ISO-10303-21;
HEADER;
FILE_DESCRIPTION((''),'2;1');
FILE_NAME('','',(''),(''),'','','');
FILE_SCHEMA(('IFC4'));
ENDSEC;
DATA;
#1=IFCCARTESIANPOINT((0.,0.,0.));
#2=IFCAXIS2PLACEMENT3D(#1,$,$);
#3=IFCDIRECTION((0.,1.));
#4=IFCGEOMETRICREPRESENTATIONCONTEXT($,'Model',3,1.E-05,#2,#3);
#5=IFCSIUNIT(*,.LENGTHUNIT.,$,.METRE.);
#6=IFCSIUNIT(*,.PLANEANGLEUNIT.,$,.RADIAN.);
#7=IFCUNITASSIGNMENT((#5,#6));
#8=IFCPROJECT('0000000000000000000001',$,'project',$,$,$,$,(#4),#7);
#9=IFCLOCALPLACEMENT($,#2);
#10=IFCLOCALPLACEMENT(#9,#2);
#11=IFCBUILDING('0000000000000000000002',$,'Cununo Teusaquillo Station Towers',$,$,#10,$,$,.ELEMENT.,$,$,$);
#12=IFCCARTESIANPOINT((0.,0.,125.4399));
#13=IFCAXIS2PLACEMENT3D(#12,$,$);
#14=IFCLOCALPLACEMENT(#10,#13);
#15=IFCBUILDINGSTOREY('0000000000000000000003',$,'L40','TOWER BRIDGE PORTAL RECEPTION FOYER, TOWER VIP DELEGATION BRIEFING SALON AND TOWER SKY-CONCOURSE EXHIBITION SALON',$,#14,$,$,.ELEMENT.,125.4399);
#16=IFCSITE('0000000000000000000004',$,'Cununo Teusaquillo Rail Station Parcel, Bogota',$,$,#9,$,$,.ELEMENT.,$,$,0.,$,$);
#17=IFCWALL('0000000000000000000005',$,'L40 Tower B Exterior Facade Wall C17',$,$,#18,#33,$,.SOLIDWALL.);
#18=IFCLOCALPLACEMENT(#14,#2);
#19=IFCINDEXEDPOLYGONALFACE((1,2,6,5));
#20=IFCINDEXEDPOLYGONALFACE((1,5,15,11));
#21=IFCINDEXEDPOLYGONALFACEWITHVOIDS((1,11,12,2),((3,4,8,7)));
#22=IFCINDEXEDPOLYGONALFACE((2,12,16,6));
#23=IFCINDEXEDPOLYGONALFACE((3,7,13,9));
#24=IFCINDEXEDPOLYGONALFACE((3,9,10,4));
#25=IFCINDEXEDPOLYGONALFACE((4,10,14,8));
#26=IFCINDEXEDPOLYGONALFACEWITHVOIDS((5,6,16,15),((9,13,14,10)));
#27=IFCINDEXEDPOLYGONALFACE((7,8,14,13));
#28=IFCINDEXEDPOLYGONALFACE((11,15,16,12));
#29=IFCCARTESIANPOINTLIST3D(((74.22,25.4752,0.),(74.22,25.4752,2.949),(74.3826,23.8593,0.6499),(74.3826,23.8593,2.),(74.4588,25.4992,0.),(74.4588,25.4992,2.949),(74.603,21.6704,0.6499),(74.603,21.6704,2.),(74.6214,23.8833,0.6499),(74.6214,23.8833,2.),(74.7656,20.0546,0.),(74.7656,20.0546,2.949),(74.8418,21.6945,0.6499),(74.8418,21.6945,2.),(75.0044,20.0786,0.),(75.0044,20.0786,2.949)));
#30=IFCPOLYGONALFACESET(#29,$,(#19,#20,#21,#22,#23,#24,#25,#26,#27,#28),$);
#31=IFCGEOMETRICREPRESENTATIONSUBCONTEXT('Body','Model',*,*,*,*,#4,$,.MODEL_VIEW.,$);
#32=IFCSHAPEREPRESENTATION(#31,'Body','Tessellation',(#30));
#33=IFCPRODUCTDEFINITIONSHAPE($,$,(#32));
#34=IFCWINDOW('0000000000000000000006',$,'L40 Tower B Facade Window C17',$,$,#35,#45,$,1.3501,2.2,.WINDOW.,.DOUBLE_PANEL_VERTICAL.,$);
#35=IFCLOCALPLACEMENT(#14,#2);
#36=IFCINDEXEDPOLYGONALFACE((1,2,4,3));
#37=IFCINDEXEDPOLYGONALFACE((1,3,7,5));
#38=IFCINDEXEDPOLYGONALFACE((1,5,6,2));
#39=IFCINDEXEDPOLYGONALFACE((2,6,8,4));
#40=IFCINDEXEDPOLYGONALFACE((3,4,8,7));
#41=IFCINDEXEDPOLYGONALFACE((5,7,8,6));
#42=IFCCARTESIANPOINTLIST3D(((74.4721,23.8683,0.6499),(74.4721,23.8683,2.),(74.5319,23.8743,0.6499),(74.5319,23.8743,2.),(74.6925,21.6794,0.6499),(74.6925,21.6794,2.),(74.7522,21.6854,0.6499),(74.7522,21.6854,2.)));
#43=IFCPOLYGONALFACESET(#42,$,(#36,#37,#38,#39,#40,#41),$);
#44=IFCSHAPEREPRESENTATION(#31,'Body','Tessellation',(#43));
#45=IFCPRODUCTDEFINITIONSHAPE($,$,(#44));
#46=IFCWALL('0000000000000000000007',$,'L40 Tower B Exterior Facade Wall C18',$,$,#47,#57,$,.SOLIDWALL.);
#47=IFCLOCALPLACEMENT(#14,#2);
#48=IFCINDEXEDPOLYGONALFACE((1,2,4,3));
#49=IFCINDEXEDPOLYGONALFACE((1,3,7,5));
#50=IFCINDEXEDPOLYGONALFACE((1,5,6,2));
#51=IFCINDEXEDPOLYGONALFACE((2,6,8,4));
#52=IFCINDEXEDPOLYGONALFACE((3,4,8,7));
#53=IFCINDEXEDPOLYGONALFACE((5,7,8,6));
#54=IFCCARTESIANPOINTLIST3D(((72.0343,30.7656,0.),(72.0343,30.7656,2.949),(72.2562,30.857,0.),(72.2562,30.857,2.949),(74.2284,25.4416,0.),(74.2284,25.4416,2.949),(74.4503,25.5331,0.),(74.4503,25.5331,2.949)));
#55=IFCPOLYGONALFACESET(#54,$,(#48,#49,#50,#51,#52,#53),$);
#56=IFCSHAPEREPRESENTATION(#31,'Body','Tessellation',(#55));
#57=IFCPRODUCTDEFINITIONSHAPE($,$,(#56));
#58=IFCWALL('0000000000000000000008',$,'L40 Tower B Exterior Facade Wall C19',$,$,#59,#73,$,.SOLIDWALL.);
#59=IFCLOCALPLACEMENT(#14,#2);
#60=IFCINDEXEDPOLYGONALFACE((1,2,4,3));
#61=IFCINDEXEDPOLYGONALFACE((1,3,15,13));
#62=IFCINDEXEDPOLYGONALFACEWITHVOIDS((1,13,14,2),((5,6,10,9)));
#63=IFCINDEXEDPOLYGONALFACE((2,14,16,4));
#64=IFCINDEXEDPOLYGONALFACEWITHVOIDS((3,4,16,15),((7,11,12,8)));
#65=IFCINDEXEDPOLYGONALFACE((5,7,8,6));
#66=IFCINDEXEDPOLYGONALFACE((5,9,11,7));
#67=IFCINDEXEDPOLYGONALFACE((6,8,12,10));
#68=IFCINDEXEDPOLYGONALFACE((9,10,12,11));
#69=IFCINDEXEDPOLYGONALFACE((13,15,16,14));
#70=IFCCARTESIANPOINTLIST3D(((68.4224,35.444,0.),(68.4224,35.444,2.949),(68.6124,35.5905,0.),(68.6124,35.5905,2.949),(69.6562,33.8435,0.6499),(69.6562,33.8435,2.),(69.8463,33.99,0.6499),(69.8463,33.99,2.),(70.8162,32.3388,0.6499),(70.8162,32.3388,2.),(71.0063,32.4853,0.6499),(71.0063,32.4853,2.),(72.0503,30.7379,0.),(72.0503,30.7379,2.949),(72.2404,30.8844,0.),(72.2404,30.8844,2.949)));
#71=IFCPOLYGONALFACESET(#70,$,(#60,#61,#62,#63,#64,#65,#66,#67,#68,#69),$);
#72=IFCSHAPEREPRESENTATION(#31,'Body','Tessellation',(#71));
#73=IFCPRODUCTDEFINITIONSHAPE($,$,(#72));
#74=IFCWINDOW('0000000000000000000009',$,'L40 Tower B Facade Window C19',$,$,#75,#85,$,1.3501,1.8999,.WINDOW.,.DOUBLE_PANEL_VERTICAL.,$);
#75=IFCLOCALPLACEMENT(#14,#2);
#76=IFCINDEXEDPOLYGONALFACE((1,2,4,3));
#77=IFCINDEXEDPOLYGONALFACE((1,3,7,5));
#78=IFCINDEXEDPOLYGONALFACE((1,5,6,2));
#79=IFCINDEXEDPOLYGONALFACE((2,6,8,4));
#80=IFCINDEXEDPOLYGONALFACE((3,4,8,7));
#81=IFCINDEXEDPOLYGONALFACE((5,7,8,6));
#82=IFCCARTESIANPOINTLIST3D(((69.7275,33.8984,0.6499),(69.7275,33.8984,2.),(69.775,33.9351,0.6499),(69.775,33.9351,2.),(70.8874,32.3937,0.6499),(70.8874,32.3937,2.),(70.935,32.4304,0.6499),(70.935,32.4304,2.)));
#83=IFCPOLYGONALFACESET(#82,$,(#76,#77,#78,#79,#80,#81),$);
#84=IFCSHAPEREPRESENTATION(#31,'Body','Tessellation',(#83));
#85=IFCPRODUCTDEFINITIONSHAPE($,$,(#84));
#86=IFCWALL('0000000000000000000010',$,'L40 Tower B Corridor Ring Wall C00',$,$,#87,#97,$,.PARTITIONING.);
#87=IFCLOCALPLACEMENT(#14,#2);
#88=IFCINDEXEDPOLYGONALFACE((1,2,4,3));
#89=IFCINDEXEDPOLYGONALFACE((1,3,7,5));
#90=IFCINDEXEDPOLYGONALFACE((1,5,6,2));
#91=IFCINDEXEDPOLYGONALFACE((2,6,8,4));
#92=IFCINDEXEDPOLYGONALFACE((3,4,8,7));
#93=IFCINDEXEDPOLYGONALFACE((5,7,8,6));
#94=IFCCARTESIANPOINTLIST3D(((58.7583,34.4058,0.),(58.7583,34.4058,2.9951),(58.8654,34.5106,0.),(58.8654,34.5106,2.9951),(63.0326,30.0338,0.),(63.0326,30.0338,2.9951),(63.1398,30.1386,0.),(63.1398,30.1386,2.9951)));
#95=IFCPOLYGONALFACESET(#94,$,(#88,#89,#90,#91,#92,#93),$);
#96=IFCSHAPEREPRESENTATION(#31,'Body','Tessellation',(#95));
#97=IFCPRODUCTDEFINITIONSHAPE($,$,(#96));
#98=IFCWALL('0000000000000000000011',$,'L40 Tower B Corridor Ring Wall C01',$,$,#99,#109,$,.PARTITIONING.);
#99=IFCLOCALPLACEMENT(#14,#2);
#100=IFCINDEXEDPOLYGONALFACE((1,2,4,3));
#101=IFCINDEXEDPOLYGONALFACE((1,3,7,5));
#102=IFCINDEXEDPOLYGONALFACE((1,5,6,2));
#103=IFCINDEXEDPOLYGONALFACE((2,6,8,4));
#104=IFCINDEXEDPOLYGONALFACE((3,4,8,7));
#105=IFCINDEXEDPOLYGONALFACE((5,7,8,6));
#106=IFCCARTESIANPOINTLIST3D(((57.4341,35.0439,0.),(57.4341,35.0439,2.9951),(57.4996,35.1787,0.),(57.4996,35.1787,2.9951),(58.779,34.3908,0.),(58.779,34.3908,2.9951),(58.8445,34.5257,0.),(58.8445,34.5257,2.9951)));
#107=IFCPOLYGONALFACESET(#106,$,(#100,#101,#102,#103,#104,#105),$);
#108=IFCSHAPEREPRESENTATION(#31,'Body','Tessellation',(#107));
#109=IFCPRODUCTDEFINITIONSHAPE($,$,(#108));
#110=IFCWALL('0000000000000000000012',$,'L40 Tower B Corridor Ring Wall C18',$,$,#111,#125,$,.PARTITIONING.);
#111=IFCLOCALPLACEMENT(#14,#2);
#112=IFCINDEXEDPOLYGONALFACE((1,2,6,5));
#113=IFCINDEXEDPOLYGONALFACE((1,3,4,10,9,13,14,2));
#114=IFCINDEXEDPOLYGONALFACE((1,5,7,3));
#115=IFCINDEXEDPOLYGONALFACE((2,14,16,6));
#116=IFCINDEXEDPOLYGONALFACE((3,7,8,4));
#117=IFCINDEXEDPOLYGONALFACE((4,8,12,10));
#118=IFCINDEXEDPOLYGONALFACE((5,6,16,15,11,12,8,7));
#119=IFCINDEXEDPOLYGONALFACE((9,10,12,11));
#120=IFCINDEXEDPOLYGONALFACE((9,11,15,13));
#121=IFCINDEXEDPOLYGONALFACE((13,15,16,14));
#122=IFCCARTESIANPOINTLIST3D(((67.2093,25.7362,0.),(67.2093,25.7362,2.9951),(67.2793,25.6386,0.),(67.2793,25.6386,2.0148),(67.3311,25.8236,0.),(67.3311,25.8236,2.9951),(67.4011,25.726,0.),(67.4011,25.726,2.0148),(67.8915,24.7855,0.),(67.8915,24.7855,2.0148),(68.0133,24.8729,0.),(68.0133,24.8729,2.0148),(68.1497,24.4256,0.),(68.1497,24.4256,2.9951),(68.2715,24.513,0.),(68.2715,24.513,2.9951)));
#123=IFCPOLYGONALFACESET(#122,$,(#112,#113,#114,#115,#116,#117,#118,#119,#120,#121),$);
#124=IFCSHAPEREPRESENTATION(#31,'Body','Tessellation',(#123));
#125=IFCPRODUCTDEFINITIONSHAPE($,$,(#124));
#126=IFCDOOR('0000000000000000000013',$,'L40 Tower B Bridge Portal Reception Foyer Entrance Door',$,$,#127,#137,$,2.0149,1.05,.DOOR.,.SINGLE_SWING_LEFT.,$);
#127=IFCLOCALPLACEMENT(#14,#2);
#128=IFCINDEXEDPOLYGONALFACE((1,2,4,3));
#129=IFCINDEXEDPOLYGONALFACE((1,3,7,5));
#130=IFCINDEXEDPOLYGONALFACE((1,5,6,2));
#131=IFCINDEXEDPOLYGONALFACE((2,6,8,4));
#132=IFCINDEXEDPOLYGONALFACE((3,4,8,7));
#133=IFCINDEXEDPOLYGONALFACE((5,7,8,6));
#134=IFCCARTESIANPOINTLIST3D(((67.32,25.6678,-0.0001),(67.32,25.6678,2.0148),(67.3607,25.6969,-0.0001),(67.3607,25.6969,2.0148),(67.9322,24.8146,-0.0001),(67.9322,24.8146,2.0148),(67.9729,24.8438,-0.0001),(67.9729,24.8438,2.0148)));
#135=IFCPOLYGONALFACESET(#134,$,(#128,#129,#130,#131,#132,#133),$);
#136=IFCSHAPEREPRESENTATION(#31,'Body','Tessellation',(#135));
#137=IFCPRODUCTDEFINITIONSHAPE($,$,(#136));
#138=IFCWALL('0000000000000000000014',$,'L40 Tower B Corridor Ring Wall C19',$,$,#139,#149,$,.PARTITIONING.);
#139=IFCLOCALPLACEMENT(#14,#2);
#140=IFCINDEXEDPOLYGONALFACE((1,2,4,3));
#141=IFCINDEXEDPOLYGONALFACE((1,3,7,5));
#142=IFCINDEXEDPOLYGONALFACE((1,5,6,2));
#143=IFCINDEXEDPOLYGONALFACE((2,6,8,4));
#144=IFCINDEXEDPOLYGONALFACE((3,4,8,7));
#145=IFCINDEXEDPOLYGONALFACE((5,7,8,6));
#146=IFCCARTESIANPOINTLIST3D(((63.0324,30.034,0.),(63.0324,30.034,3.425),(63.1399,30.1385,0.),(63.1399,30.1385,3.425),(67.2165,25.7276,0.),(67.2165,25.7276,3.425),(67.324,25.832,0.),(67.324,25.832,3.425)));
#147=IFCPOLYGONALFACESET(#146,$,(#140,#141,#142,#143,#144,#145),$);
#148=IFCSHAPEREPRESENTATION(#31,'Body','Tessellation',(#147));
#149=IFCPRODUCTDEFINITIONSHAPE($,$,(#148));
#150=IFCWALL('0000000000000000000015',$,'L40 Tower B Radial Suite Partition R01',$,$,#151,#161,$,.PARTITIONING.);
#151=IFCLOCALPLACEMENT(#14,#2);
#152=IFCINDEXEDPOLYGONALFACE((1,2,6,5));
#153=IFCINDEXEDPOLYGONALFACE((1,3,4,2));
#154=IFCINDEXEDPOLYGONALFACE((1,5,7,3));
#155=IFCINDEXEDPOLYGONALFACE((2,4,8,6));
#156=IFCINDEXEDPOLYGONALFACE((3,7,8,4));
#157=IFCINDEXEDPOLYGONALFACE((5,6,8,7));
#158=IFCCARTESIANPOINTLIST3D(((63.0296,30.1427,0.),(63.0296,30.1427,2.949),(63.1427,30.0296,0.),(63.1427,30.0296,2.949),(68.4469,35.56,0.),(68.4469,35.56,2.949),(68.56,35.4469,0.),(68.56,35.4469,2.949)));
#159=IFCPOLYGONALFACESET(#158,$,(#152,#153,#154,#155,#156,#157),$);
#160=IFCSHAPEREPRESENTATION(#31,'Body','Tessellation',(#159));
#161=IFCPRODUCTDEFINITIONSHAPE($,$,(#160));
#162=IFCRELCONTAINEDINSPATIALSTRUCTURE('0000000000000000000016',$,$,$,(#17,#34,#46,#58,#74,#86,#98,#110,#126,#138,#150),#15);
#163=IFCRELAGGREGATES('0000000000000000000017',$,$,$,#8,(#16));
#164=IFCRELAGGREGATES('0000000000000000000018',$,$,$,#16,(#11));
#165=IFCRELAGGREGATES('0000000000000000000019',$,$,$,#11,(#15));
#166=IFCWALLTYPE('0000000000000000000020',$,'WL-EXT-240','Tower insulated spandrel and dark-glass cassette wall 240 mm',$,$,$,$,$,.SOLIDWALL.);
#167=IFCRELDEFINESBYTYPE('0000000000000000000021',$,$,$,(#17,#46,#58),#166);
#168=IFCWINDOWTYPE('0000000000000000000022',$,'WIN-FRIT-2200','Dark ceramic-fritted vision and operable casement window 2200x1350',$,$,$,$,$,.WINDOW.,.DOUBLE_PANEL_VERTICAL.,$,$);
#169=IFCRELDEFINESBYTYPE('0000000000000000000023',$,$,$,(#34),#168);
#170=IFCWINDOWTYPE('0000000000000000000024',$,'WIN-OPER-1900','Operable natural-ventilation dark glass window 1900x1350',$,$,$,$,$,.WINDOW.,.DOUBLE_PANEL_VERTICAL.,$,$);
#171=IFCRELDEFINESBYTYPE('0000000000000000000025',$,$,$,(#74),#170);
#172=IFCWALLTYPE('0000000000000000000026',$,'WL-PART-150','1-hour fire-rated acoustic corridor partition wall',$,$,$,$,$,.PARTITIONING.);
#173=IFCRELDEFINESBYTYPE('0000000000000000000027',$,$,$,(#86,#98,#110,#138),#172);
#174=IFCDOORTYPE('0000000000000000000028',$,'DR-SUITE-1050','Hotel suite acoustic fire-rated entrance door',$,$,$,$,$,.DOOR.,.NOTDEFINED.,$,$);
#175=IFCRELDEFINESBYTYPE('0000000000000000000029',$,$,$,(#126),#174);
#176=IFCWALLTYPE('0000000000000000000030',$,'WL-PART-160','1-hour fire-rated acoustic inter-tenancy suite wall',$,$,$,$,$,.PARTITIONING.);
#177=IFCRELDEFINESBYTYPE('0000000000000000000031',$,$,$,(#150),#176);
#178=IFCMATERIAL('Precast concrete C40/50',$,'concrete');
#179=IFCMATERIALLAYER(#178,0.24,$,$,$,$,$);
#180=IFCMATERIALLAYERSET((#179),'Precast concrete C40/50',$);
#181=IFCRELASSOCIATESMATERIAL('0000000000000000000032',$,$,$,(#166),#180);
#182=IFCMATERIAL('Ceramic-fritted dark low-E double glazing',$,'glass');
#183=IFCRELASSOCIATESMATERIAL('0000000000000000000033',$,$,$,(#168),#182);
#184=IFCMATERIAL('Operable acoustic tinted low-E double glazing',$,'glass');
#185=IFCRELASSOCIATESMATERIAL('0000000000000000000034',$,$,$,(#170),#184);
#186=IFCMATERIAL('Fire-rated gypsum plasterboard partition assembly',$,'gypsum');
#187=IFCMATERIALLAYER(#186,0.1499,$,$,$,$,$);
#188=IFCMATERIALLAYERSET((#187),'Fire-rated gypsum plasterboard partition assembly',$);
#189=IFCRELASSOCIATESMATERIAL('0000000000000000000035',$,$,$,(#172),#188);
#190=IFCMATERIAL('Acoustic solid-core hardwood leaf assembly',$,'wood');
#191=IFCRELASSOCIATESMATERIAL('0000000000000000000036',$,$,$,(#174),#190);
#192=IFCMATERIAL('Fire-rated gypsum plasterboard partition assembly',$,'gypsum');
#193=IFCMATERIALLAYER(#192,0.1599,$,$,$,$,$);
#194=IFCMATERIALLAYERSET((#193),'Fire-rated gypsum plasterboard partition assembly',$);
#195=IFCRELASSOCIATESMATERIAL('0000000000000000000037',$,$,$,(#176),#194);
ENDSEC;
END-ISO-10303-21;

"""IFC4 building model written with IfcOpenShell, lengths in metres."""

from ifc_helpers import new_model, si_unit, direction, frame, frame_2d, origin, place, context, subcontext, project, spatial, rectangle, extrude, source, transform, mapped, material, layer, layer_set, type_object, element, fill, save


model = new_model("IFC4")

# Units and contexts
model_context = context("Model", 3, precision=1e-05, world=origin(), true_north=direction((0.0, 1.0)))
body_context = subcontext(model_context, "Body", "Model", "MODEL_VIEW")
ifc_project = project(units=[si_unit("LENGTHUNIT", "METRE"), si_unit("PLANEANGLEUNIT", "RADIAN")], contexts=[model_context])

# Site, building, storey
site_placement = place(None, origin())
site = spatial("IfcSite", under=ifc_project, at=site_placement, Name="Cununo Teusaquillo Rail Station Parcel, Bogota", CompositionType="ELEMENT", RefElevation=0.0)
building_placement = place(site_placement, origin())
building = spatial("IfcBuilding", under=site, at=building_placement, Name="Cununo Teusaquillo Station Towers", CompositionType="ELEMENT")
storey_placement = place(building_placement, frame((0.0, 0.0, 125.4399)))
storey = spatial("IfcBuildingStorey", under=building, at=storey_placement, Name="L40", Description="TOWER BRIDGE PORTAL RECEPTION FOYER, TOWER VIP DELEGATION BRIEFING SALON AND TOWER SKY-CONCOURSE EXHIBITION SALON", CompositionType="ELEMENT", Elevation=125.4399)

# Wall, opening, window
ifc_material_1 = material(Name="Precast concrete C40/50", Category="concrete")
ifc_layer_1 = layer(ifc_material_1, 0.24)
ifc_layer_set_1 = layer_set([ifc_layer_1], Name="Precast concrete C40/50")
wall_type_1 = type_object("IfcWallType", Name="WL-EXT-240", Description="Tower insulated spandrel and dark-glass cassette wall 240 mm", PredefinedType="SOLIDWALL", material=ifc_layer_set_1)
wall_1_placement = place(storey_placement, frame((74.3394, 25.4873, 0.0), z_axis=(0.0, 0.0, 1.0), x_axis=(0.100156, -0.994972, 0.0)))
wall_1 = element("IfcWall", 1, at=wall_1_placement, inside=storey, type_object=wall_type_1, Name="L40 Tower B Exterior Facade Wall C17", PredefinedType="SOLIDWALL", context=body_context, shape_type="SweptSolid", body=[
    extrude(rectangle(XDim=5.448, YDim=0.24, at=frame_2d((2.7241, 0.0))), origin(), (0.0, 0.0, 1.0), 2.949),
])
shared_shape_1 = source(origin(), body_context, "Body", "SweptSolid", [
    extrude(rectangle(XDim=2.2, YDim=1.3501, at=frame_2d((1.1001, 0.675))), frame((0.0, 0.1299, 0.0), z_axis=(0.0, -1.0, 0.0), x_axis=(1.0, 0.0, 0.0)), (0.0, 0.0, 1.0), 0.26),
])
opening_1_placement = place(wall_1_placement, frame((1.624, 0.0, 0.6499)))
opening_1 = element("IfcOpeningElement", 2, at=opening_1_placement, cuts=wall_1, PredefinedType="OPENING", context=body_context, shape_type="MappedRepresentation", body=[
    mapped(shared_shape_1, transform((0.0, 0.0, 0.0), x_axis=(1.0, 0.0, 0.0), y_axis=(0.0, 1.0, 0.0), z_axis=(0.0, 0.0, 1.0), scale=1.0)),
])
ifc_material_2 = material(Name="Ceramic-fritted dark low-E double glazing", Category="glass")
window_type_1 = type_object("IfcWindowType", Name="WIN-FRIT-2200", Description="Dark ceramic-fritted vision and operable casement window 2200x1350", PartitioningType="DOUBLE_PANEL_VERTICAL", PredefinedType="WINDOW", material=ifc_material_2)
shared_shape_2 = source(origin(), body_context, "Body", "SweptSolid", [
    extrude(rectangle(XDim=2.2, YDim=1.3501, at=frame_2d((1.1001, 0.675))), frame((0.0, 0.03, 0.0), z_axis=(0.0, -1.0, 0.0), x_axis=(1.0, 0.0, 0.0)), (0.0, 0.0, 1.0), 0.0601),
])
window_1_placement = place(opening_1_placement, origin())
window_1 = element("IfcWindow", 3, at=window_1_placement, inside=storey, type_object=window_type_1, Name="L40 Tower B Facade Window C17", OverallHeight=1.3501, OverallWidth=2.2, PartitioningType="DOUBLE_PANEL_VERTICAL", PredefinedType="WINDOW", context=body_context, shape_type="MappedRepresentation", body=[
    mapped(shared_shape_2, transform((0.0, 0.0, 0.0), x_axis=(1.0, 0.0, 0.0), y_axis=(0.0, 1.0, 0.0), z_axis=(0.0, 0.0, 1.0), scale=1.0)),
])
fill(opening_1, window_1)

# Wall
wall_2_placement = place(storey_placement, frame((72.1453, 30.8113, 0.0), z_axis=(0.0, 0.0, 1.0), x_axis=(0.381027, -0.924564, 0.0)))
element("IfcWall", 4, at=wall_2_placement, inside=storey, type_object=wall_type_1, Name="L40 Tower B Exterior Facade Wall C18", PredefinedType="SOLIDWALL", context=body_context, shape_type="SweptSolid", body=[
    extrude(rectangle(XDim=5.7583, YDim=0.24, at=frame_2d((2.8792, 0.0))), origin(), (0.0, 0.0, 1.0), 2.949),
])

# Wall, opening, window
wall_3_placement = place(storey_placement, frame((68.5173, 35.5173, 0.0), z_axis=(0.0, 0.0, 1.0), x_axis=(0.610544, -0.791982, 0.0)))
wall_3 = element("IfcWall", 5, at=wall_3_placement, inside=storey, type_object=wall_type_1, Name="L40 Tower B Exterior Facade Wall C19", PredefinedType="SOLIDWALL", context=body_context, shape_type="SweptSolid", body=[
    extrude(rectangle(XDim=5.9421, YDim=0.24, at=frame_2d((2.9712, 0.0))), origin(), (0.0, 0.0, 1.0), 2.949),
])
shared_shape_3 = source(origin(), body_context, "Body", "SweptSolid", [
    extrude(rectangle(XDim=1.8999, YDim=1.3501, at=frame_2d((0.95, 0.675))), frame((0.0, 0.1299, 0.0), z_axis=(0.0, -1.0, 0.0), x_axis=(1.0, 0.0, 0.0)), (0.0, 0.0, 1.0), 0.26),
])
opening_2_placement = place(wall_3_placement, frame((2.021, 0.0, 0.6499)))
opening_2 = element("IfcOpeningElement", 6, at=opening_2_placement, cuts=wall_3, PredefinedType="OPENING", context=body_context, shape_type="MappedRepresentation", body=[
    mapped(shared_shape_3, transform((0.0, 0.0, 0.0), x_axis=(1.0, 0.0, 0.0), y_axis=(0.0, 1.0, 0.0), z_axis=(0.0, 0.0, 1.0), scale=1.0)),
])
ifc_material_3 = material(Name="Operable acoustic tinted low-E double glazing", Category="glass")
window_type_2 = type_object("IfcWindowType", Name="WIN-OPER-1900", Description="Operable natural-ventilation dark glass window 1900x1350", PartitioningType="DOUBLE_PANEL_VERTICAL", PredefinedType="WINDOW", material=ifc_material_3)
shared_shape_4 = source(origin(), body_context, "Body", "SweptSolid", [
    extrude(rectangle(XDim=1.8999, YDim=1.3501, at=frame_2d((0.95, 0.675))), frame((0.0, 0.03, 0.0), z_axis=(0.0, -1.0, 0.0), x_axis=(1.0, 0.0, 0.0)), (0.0, 0.0, 1.0), 0.0601),
])
window_2_placement = place(opening_2_placement, origin())
window_2 = element("IfcWindow", 7, at=window_2_placement, inside=storey, type_object=window_type_2, Name="L40 Tower B Facade Window C19", OverallHeight=1.3501, OverallWidth=1.8999, PartitioningType="DOUBLE_PANEL_VERTICAL", PredefinedType="WINDOW", context=body_context, shape_type="MappedRepresentation", body=[
    mapped(shared_shape_4, transform((0.0, 0.0, 0.0), x_axis=(1.0, 0.0, 0.0), y_axis=(0.0, 1.0, 0.0), z_axis=(0.0, 0.0, 1.0), scale=1.0)),
])
fill(opening_2, window_2)

# Walls
ifc_material_4 = material(Name="Fire-rated gypsum plasterboard partition assembly", Category="gypsum")
ifc_layer_2 = layer(ifc_material_4, 0.1499)
ifc_layer_set_2 = layer_set([ifc_layer_2], Name="Fire-rated gypsum plasterboard partition assembly")
wall_type_2 = type_object("IfcWallType", Name="WL-PART-150", Description="1-hour fire-rated acoustic corridor partition wall", PredefinedType="PARTITIONING", material=ifc_layer_set_2)
wall_4_placement = place(storey_placement, frame((63.0862, 30.0862, 0.0), z_axis=(0.0, 0.0, 1.0), x_axis=(-0.699076, 0.715047, 0.0)))
element("IfcWall", 8, at=wall_4_placement, inside=storey, type_object=wall_type_2, Name="L40 Tower B Corridor Ring Wall C00", PredefinedType="PARTITIONING", context=body_context, shape_type="SweptSolid", body=[
    extrude(rectangle(XDim=6.1143, YDim=0.1499, at=frame_2d((3.0571, 0.0))), origin(), (0.0, 0.0, 1.0), 2.9951),
])
wall_5_placement = place(storey_placement, frame((58.8118, 34.4583, 0.0), z_axis=(0.0, 0.0, 1.0), x_axis=(-0.899559, 0.436798, 0.0)))
element("IfcWall", 9, at=wall_5_placement, inside=storey, type_object=wall_type_2, Name="L40 Tower B Corridor Ring Wall C01", PredefinedType="PARTITIONING", context=body_context, shape_type="SweptSolid", body=[
    extrude(rectangle(XDim=1.4951, YDim=0.1499, at=frame_2d((0.7476, 0.0))), origin(), (0.0, 0.0, 1.0), 2.9951),
])

# Wall, opening, door
wall_6_placement = place(storey_placement, frame((68.2107, 24.4692, 0.0), z_axis=(0.0, 0.0, 1.0), x_axis=(-0.583012, 0.812463, 0.0)))
wall_6 = element("IfcWall", 10, at=wall_6_placement, inside=storey, type_object=wall_type_2, Name="L40 Tower B Corridor Ring Wall C18", PredefinedType="PARTITIONING", context=body_context, shape_type="SweptSolid", body=[
    extrude(rectangle(XDim=1.613, YDim=0.1499, at=frame_2d((0.8066, 0.0))), origin(), (0.0, 0.0, 1.0), 2.9951),
])
shared_shape_5 = source(origin(), body_context, "Body", "SweptSolid", [
    extrude(rectangle(XDim=1.05, YDim=2.0149, at=frame_2d((0.5249, 1.0073))), frame((0.0, 0.085, 0.0), z_axis=(0.0, -1.0, 0.0), x_axis=(1.0, 0.0, 0.0)), (0.0, 0.0, 1.0), 0.1699),
])
opening_3_placement = place(wall_6_placement, frame((0.4431, 0.0, 0.0)))
opening_3 = element("IfcOpeningElement", 11, at=opening_3_placement, cuts=wall_6, PredefinedType="OPENING", context=body_context, shape_type="MappedRepresentation", body=[
    mapped(shared_shape_5, transform((0.0, 0.0, 0.0), x_axis=(1.0, 0.0, 0.0), y_axis=(0.0, 1.0, 0.0), z_axis=(0.0, 0.0, 1.0), scale=1.0)),
])
ifc_material_5 = material(Name="Acoustic solid-core hardwood leaf assembly", Category="wood")
door_type = type_object("IfcDoorType", Name="DR-SUITE-1050", Description="Hotel suite acoustic fire-rated entrance door", OperationType="NOTDEFINED", PredefinedType="DOOR", material=ifc_material_5)
shared_shape_6 = source(origin(), body_context, "Body", "SweptSolid", [
    extrude(rectangle(XDim=1.05, YDim=2.0149, at=frame_2d((0.5249, 1.0073))), frame((0.0, 0.0249, 0.0), z_axis=(0.0, -1.0, 0.0), x_axis=(1.0, 0.0, 0.0)), (0.0, 0.0, 1.0), 0.05),
])
door_placement = place(opening_3_placement, origin())
door = element("IfcDoor", 12, at=door_placement, inside=storey, type_object=door_type, Name="L40 Tower B Bridge Portal Reception Foyer Entrance Door", OperationType="SINGLE_SWING_LEFT", OverallHeight=2.0149, OverallWidth=1.05, PredefinedType="DOOR", context=body_context, shape_type="MappedRepresentation", body=[
    mapped(shared_shape_6, transform((0.0, 0.0, 0.0), x_axis=(1.0, 0.0, 0.0), y_axis=(0.0, 1.0, 0.0), z_axis=(0.0, 0.0, 1.0), scale=1.0)),
])
fill(opening_3, door)

# Walls
wall_7_placement = place(storey_placement, frame((67.2703, 25.7798, 0.0), z_axis=(0.0, 0.0, 1.0), x_axis=(-0.696848, 0.717219, 0.0)))
element("IfcWall", 13, at=wall_7_placement, inside=storey, type_object=wall_type_2, Name="L40 Tower B Corridor Ring Wall C19", PredefinedType="PARTITIONING", context=body_context, shape_type="SweptSolid", body=[
    extrude(rectangle(XDim=6.0044, YDim=0.1499, at=frame_2d((3.0022, 0.0))), origin(), (0.0, 0.0, 1.0), 3.425),
])
ifc_material_6 = material(Name="Fire-rated gypsum plasterboard partition assembly", Category="gypsum")
ifc_layer_3 = layer(ifc_material_6, 0.1599)
ifc_layer_set_3 = layer_set([ifc_layer_3], Name="Fire-rated gypsum plasterboard partition assembly")
wall_type_3 = type_object("IfcWallType", Name="WL-PART-160", Description="1-hour fire-rated acoustic inter-tenancy suite wall", PredefinedType="PARTITIONING", material=ifc_layer_set_3)
wall_8_placement = place(storey_placement, frame((63.0862, 30.0862, 0.0), z_axis=(0.0, 0.0, 1.0), x_axis=(0.707107, 0.707107, 0.0)))
element("IfcWall", 14, at=wall_8_placement, inside=storey, type_object=wall_type_3, Name="L40 Tower B Radial Suite Partition R01", PredefinedType="PARTITIONING", context=body_context, shape_type="SweptSolid", body=[
    extrude(rectangle(XDim=7.6611, YDim=0.1599, at=frame_2d((3.8306, 0.0))), origin(), (0.0, 0.0, 1.0), 2.949),
])

save(model, "model.ifc")
